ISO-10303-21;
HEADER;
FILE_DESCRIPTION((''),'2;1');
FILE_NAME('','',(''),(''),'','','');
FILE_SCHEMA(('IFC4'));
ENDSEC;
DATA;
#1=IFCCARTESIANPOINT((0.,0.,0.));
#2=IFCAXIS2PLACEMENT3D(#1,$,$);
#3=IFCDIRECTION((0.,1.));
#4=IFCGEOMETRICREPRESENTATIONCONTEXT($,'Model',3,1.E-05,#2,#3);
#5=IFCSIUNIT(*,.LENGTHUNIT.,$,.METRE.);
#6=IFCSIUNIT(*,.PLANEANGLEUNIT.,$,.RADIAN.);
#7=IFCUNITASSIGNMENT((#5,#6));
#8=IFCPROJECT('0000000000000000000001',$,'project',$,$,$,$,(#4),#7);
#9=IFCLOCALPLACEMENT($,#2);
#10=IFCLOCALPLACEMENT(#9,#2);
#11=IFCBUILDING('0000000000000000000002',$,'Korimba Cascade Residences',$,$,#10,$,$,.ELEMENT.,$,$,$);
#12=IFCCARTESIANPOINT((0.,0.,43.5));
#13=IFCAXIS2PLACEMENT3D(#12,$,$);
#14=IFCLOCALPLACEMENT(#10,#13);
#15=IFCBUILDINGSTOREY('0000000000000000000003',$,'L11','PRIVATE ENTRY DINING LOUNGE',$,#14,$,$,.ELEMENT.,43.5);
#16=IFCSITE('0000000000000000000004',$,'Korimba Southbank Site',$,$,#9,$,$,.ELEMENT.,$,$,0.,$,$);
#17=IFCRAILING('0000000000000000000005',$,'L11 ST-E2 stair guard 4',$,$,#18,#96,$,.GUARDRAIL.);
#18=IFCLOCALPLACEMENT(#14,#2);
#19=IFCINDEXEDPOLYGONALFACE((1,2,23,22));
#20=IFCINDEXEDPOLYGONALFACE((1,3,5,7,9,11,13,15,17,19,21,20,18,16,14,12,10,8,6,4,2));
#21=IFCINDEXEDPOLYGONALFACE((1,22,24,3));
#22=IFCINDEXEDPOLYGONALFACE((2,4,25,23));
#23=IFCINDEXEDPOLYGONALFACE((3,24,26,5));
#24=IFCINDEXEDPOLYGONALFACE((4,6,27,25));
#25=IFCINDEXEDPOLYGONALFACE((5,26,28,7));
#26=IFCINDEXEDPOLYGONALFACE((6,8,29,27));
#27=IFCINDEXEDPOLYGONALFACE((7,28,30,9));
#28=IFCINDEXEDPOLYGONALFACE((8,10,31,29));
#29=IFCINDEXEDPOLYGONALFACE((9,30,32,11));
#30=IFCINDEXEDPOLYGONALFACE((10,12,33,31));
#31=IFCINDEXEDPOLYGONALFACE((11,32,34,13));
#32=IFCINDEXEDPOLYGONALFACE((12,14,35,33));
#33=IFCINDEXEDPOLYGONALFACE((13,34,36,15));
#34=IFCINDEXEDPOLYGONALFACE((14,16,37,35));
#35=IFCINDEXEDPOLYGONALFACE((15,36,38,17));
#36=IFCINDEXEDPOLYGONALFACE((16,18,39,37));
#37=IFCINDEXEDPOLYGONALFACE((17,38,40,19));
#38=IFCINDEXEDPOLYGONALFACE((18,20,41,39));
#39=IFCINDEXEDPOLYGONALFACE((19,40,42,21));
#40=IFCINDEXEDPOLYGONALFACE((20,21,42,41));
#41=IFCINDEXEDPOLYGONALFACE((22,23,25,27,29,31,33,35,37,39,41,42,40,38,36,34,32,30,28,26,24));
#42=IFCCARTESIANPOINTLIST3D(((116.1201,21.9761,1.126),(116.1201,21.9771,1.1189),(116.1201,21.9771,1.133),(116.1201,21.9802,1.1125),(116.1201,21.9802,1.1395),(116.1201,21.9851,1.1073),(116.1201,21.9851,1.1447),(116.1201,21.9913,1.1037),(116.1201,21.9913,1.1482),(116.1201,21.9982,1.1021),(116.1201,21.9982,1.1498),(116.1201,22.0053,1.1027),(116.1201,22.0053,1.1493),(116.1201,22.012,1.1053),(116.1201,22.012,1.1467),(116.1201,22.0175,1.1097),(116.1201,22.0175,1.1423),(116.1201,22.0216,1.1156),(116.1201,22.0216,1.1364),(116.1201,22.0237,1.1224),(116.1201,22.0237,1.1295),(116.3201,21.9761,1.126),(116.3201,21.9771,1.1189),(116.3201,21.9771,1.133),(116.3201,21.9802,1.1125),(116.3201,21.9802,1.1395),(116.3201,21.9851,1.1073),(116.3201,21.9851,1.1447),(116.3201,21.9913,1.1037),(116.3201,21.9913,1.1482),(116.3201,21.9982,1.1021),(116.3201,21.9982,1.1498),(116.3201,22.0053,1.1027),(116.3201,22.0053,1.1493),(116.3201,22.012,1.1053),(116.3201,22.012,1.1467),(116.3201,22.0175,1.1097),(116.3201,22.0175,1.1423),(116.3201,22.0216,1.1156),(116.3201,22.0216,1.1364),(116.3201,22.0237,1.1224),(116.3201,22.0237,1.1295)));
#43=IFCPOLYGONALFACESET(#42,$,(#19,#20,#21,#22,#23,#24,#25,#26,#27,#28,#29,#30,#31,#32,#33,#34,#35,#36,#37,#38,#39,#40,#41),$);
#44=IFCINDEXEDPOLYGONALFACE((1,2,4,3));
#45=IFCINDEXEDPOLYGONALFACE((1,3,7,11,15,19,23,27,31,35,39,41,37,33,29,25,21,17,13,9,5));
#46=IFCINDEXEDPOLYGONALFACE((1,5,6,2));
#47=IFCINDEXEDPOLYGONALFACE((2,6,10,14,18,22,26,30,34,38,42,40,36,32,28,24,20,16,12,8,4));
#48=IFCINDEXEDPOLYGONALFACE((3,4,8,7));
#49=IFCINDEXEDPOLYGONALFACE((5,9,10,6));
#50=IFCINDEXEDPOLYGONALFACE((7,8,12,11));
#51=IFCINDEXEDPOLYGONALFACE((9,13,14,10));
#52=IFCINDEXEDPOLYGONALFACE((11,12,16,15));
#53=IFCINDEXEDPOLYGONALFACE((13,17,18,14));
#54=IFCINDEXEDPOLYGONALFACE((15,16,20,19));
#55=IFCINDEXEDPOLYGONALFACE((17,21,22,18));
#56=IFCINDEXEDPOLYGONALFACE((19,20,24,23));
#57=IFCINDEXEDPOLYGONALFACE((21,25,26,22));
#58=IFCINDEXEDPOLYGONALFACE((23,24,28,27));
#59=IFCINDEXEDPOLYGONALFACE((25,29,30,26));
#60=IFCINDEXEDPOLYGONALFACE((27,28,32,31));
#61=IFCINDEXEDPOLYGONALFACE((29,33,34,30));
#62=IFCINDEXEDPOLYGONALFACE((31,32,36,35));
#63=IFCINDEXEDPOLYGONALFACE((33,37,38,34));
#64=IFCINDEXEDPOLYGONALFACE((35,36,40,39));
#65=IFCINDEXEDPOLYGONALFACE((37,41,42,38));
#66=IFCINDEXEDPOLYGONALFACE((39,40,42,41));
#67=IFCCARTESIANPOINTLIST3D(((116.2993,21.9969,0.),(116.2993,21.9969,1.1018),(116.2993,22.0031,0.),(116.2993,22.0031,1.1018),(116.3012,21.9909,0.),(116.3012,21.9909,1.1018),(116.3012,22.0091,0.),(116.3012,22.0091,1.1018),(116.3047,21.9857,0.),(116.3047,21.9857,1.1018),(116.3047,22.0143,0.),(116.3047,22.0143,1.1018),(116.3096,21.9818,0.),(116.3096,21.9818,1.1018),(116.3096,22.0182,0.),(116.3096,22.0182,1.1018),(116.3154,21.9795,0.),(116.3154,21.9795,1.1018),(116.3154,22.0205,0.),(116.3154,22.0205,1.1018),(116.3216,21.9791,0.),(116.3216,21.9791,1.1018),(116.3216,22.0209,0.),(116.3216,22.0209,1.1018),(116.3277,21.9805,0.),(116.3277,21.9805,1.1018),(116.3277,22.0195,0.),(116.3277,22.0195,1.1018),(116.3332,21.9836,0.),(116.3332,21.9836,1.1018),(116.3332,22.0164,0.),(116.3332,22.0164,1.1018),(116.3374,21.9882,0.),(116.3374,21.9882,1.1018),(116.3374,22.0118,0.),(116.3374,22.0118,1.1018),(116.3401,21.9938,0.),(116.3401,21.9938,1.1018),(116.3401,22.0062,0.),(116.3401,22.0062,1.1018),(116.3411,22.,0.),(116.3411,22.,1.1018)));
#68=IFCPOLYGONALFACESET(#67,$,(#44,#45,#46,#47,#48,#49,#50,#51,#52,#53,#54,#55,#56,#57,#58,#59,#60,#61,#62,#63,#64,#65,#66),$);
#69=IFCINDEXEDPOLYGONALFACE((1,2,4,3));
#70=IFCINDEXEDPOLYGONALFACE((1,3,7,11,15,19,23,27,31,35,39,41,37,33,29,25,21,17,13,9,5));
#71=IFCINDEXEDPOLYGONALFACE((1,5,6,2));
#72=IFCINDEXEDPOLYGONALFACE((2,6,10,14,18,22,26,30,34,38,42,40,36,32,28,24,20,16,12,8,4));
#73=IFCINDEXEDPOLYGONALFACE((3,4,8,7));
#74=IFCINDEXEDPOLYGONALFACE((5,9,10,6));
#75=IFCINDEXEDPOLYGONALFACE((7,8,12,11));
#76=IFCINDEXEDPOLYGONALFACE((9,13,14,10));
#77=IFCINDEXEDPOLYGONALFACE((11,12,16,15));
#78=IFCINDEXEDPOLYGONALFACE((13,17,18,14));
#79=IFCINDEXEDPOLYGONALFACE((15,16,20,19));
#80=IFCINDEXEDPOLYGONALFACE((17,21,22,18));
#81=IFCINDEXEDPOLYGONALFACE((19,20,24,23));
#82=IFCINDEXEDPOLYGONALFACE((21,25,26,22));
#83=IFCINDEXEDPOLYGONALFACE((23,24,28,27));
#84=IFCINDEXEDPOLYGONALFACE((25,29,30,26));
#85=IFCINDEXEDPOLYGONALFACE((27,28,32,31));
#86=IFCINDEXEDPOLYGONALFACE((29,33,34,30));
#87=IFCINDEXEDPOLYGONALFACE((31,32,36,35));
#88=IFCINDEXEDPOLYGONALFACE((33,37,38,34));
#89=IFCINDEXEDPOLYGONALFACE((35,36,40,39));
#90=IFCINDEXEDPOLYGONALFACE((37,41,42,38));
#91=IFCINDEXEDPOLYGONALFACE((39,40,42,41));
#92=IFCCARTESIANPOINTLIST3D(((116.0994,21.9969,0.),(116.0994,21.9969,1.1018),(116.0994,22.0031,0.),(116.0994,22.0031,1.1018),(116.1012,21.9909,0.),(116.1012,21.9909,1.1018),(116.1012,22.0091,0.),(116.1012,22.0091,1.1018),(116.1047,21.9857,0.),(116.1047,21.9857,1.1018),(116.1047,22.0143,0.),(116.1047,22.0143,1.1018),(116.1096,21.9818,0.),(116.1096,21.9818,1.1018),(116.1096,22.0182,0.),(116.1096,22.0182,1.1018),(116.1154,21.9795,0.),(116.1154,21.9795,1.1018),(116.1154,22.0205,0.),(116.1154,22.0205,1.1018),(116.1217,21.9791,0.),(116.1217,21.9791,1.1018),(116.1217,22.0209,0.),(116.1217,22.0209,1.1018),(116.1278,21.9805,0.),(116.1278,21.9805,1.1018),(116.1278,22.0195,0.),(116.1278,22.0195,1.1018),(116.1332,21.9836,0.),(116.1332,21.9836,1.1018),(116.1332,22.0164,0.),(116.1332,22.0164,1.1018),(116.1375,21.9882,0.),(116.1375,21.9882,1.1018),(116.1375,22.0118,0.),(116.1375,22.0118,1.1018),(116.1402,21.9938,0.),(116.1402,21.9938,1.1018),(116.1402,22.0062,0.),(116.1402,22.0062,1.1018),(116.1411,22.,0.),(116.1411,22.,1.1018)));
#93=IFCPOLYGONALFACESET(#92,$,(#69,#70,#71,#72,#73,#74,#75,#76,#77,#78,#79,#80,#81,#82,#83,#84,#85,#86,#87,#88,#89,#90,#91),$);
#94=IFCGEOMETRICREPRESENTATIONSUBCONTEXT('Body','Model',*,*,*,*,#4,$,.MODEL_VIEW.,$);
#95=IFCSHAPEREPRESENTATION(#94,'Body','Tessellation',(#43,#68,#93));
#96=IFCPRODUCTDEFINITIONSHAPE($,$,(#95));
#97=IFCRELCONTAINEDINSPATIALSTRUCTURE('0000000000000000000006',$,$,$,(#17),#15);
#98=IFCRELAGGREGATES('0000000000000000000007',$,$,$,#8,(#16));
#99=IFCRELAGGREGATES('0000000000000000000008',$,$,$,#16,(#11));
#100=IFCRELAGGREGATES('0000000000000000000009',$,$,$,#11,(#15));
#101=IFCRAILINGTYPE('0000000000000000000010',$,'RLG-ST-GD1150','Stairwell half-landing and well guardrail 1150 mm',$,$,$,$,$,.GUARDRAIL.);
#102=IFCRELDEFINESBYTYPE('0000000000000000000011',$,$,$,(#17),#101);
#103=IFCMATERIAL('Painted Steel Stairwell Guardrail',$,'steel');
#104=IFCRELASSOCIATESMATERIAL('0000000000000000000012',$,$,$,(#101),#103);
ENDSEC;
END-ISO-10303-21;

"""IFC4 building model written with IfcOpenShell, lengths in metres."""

from ifc_helpers import new_model, si_unit, direction, frame, origin, origin_2d, place, context, subcontext, project, spatial, circle, extrude, material, type_object, element, save


model = new_model("IFC4")

# Units and contexts
model_context = context("Model", 3, precision=1e-05, world=origin(), true_north=direction((0.0, 1.0)))
body_context = subcontext(model_context, "Body", "Model", "MODEL_VIEW")
ifc_project = project(units=[si_unit("LENGTHUNIT", "METRE"), si_unit("PLANEANGLEUNIT", "RADIAN")], contexts=[model_context])

# Site, building, storey
site_placement = place(None, origin())
site = spatial("IfcSite", under=ifc_project, at=site_placement, Name="Korimba Southbank Site", CompositionType="ELEMENT", RefElevation=0.0)
building_placement = place(site_placement, origin())
building = spatial("IfcBuilding", under=site, at=building_placement, Name="Korimba Cascade Residences", CompositionType="ELEMENT")
storey_placement = place(building_placement, frame((0.0, 0.0, 43.5)))
storey = spatial("IfcBuildingStorey", under=building, at=storey_placement, Name="L11", Description="PRIVATE ENTRY DINING LOUNGE", CompositionType="ELEMENT", Elevation=43.5)

# Railing
ifc_material_1 = material(Name="Painted Steel Stairwell Guardrail", Category="steel")
railing_type_1 = type_object("IfcRailingType", Name="RLG-ST-GD1150", Description="Stairwell half-landing and well guardrail 1150 mm", PredefinedType="GUARDRAIL", material=ifc_material_1)
railing_1_placement = place(storey_placement, frame((116.3201, 22.0, 0.0)))
element("IfcRailing", 1, at=railing_1_placement, inside=storey, type_object=railing_type_1, Name="L11 ST-E2 stair guard 4", PredefinedType="GUARDRAIL", context=body_context, shape_type="SweptSolid", body=[
    extrude(circle(Radius=0.0239, at=origin_2d()), frame((0.0, 0.0, 1.126), z_axis=(-1.0, 0.0, 0.0), x_axis=(0.0, -1.0, 0.0)), (0.0, 0.0, 1.0), 0.2),
    extrude(circle(Radius=0.021, at=origin_2d()), origin(), (0.0, 0.0, 1.0), 1.1018),
    extrude(circle(Radius=0.021, at=origin_2d()), frame((-0.2, 0.0, 0.0)), (0.0, 0.0, 1.0), 1.1018),
])

save(model, "model.ifc")
